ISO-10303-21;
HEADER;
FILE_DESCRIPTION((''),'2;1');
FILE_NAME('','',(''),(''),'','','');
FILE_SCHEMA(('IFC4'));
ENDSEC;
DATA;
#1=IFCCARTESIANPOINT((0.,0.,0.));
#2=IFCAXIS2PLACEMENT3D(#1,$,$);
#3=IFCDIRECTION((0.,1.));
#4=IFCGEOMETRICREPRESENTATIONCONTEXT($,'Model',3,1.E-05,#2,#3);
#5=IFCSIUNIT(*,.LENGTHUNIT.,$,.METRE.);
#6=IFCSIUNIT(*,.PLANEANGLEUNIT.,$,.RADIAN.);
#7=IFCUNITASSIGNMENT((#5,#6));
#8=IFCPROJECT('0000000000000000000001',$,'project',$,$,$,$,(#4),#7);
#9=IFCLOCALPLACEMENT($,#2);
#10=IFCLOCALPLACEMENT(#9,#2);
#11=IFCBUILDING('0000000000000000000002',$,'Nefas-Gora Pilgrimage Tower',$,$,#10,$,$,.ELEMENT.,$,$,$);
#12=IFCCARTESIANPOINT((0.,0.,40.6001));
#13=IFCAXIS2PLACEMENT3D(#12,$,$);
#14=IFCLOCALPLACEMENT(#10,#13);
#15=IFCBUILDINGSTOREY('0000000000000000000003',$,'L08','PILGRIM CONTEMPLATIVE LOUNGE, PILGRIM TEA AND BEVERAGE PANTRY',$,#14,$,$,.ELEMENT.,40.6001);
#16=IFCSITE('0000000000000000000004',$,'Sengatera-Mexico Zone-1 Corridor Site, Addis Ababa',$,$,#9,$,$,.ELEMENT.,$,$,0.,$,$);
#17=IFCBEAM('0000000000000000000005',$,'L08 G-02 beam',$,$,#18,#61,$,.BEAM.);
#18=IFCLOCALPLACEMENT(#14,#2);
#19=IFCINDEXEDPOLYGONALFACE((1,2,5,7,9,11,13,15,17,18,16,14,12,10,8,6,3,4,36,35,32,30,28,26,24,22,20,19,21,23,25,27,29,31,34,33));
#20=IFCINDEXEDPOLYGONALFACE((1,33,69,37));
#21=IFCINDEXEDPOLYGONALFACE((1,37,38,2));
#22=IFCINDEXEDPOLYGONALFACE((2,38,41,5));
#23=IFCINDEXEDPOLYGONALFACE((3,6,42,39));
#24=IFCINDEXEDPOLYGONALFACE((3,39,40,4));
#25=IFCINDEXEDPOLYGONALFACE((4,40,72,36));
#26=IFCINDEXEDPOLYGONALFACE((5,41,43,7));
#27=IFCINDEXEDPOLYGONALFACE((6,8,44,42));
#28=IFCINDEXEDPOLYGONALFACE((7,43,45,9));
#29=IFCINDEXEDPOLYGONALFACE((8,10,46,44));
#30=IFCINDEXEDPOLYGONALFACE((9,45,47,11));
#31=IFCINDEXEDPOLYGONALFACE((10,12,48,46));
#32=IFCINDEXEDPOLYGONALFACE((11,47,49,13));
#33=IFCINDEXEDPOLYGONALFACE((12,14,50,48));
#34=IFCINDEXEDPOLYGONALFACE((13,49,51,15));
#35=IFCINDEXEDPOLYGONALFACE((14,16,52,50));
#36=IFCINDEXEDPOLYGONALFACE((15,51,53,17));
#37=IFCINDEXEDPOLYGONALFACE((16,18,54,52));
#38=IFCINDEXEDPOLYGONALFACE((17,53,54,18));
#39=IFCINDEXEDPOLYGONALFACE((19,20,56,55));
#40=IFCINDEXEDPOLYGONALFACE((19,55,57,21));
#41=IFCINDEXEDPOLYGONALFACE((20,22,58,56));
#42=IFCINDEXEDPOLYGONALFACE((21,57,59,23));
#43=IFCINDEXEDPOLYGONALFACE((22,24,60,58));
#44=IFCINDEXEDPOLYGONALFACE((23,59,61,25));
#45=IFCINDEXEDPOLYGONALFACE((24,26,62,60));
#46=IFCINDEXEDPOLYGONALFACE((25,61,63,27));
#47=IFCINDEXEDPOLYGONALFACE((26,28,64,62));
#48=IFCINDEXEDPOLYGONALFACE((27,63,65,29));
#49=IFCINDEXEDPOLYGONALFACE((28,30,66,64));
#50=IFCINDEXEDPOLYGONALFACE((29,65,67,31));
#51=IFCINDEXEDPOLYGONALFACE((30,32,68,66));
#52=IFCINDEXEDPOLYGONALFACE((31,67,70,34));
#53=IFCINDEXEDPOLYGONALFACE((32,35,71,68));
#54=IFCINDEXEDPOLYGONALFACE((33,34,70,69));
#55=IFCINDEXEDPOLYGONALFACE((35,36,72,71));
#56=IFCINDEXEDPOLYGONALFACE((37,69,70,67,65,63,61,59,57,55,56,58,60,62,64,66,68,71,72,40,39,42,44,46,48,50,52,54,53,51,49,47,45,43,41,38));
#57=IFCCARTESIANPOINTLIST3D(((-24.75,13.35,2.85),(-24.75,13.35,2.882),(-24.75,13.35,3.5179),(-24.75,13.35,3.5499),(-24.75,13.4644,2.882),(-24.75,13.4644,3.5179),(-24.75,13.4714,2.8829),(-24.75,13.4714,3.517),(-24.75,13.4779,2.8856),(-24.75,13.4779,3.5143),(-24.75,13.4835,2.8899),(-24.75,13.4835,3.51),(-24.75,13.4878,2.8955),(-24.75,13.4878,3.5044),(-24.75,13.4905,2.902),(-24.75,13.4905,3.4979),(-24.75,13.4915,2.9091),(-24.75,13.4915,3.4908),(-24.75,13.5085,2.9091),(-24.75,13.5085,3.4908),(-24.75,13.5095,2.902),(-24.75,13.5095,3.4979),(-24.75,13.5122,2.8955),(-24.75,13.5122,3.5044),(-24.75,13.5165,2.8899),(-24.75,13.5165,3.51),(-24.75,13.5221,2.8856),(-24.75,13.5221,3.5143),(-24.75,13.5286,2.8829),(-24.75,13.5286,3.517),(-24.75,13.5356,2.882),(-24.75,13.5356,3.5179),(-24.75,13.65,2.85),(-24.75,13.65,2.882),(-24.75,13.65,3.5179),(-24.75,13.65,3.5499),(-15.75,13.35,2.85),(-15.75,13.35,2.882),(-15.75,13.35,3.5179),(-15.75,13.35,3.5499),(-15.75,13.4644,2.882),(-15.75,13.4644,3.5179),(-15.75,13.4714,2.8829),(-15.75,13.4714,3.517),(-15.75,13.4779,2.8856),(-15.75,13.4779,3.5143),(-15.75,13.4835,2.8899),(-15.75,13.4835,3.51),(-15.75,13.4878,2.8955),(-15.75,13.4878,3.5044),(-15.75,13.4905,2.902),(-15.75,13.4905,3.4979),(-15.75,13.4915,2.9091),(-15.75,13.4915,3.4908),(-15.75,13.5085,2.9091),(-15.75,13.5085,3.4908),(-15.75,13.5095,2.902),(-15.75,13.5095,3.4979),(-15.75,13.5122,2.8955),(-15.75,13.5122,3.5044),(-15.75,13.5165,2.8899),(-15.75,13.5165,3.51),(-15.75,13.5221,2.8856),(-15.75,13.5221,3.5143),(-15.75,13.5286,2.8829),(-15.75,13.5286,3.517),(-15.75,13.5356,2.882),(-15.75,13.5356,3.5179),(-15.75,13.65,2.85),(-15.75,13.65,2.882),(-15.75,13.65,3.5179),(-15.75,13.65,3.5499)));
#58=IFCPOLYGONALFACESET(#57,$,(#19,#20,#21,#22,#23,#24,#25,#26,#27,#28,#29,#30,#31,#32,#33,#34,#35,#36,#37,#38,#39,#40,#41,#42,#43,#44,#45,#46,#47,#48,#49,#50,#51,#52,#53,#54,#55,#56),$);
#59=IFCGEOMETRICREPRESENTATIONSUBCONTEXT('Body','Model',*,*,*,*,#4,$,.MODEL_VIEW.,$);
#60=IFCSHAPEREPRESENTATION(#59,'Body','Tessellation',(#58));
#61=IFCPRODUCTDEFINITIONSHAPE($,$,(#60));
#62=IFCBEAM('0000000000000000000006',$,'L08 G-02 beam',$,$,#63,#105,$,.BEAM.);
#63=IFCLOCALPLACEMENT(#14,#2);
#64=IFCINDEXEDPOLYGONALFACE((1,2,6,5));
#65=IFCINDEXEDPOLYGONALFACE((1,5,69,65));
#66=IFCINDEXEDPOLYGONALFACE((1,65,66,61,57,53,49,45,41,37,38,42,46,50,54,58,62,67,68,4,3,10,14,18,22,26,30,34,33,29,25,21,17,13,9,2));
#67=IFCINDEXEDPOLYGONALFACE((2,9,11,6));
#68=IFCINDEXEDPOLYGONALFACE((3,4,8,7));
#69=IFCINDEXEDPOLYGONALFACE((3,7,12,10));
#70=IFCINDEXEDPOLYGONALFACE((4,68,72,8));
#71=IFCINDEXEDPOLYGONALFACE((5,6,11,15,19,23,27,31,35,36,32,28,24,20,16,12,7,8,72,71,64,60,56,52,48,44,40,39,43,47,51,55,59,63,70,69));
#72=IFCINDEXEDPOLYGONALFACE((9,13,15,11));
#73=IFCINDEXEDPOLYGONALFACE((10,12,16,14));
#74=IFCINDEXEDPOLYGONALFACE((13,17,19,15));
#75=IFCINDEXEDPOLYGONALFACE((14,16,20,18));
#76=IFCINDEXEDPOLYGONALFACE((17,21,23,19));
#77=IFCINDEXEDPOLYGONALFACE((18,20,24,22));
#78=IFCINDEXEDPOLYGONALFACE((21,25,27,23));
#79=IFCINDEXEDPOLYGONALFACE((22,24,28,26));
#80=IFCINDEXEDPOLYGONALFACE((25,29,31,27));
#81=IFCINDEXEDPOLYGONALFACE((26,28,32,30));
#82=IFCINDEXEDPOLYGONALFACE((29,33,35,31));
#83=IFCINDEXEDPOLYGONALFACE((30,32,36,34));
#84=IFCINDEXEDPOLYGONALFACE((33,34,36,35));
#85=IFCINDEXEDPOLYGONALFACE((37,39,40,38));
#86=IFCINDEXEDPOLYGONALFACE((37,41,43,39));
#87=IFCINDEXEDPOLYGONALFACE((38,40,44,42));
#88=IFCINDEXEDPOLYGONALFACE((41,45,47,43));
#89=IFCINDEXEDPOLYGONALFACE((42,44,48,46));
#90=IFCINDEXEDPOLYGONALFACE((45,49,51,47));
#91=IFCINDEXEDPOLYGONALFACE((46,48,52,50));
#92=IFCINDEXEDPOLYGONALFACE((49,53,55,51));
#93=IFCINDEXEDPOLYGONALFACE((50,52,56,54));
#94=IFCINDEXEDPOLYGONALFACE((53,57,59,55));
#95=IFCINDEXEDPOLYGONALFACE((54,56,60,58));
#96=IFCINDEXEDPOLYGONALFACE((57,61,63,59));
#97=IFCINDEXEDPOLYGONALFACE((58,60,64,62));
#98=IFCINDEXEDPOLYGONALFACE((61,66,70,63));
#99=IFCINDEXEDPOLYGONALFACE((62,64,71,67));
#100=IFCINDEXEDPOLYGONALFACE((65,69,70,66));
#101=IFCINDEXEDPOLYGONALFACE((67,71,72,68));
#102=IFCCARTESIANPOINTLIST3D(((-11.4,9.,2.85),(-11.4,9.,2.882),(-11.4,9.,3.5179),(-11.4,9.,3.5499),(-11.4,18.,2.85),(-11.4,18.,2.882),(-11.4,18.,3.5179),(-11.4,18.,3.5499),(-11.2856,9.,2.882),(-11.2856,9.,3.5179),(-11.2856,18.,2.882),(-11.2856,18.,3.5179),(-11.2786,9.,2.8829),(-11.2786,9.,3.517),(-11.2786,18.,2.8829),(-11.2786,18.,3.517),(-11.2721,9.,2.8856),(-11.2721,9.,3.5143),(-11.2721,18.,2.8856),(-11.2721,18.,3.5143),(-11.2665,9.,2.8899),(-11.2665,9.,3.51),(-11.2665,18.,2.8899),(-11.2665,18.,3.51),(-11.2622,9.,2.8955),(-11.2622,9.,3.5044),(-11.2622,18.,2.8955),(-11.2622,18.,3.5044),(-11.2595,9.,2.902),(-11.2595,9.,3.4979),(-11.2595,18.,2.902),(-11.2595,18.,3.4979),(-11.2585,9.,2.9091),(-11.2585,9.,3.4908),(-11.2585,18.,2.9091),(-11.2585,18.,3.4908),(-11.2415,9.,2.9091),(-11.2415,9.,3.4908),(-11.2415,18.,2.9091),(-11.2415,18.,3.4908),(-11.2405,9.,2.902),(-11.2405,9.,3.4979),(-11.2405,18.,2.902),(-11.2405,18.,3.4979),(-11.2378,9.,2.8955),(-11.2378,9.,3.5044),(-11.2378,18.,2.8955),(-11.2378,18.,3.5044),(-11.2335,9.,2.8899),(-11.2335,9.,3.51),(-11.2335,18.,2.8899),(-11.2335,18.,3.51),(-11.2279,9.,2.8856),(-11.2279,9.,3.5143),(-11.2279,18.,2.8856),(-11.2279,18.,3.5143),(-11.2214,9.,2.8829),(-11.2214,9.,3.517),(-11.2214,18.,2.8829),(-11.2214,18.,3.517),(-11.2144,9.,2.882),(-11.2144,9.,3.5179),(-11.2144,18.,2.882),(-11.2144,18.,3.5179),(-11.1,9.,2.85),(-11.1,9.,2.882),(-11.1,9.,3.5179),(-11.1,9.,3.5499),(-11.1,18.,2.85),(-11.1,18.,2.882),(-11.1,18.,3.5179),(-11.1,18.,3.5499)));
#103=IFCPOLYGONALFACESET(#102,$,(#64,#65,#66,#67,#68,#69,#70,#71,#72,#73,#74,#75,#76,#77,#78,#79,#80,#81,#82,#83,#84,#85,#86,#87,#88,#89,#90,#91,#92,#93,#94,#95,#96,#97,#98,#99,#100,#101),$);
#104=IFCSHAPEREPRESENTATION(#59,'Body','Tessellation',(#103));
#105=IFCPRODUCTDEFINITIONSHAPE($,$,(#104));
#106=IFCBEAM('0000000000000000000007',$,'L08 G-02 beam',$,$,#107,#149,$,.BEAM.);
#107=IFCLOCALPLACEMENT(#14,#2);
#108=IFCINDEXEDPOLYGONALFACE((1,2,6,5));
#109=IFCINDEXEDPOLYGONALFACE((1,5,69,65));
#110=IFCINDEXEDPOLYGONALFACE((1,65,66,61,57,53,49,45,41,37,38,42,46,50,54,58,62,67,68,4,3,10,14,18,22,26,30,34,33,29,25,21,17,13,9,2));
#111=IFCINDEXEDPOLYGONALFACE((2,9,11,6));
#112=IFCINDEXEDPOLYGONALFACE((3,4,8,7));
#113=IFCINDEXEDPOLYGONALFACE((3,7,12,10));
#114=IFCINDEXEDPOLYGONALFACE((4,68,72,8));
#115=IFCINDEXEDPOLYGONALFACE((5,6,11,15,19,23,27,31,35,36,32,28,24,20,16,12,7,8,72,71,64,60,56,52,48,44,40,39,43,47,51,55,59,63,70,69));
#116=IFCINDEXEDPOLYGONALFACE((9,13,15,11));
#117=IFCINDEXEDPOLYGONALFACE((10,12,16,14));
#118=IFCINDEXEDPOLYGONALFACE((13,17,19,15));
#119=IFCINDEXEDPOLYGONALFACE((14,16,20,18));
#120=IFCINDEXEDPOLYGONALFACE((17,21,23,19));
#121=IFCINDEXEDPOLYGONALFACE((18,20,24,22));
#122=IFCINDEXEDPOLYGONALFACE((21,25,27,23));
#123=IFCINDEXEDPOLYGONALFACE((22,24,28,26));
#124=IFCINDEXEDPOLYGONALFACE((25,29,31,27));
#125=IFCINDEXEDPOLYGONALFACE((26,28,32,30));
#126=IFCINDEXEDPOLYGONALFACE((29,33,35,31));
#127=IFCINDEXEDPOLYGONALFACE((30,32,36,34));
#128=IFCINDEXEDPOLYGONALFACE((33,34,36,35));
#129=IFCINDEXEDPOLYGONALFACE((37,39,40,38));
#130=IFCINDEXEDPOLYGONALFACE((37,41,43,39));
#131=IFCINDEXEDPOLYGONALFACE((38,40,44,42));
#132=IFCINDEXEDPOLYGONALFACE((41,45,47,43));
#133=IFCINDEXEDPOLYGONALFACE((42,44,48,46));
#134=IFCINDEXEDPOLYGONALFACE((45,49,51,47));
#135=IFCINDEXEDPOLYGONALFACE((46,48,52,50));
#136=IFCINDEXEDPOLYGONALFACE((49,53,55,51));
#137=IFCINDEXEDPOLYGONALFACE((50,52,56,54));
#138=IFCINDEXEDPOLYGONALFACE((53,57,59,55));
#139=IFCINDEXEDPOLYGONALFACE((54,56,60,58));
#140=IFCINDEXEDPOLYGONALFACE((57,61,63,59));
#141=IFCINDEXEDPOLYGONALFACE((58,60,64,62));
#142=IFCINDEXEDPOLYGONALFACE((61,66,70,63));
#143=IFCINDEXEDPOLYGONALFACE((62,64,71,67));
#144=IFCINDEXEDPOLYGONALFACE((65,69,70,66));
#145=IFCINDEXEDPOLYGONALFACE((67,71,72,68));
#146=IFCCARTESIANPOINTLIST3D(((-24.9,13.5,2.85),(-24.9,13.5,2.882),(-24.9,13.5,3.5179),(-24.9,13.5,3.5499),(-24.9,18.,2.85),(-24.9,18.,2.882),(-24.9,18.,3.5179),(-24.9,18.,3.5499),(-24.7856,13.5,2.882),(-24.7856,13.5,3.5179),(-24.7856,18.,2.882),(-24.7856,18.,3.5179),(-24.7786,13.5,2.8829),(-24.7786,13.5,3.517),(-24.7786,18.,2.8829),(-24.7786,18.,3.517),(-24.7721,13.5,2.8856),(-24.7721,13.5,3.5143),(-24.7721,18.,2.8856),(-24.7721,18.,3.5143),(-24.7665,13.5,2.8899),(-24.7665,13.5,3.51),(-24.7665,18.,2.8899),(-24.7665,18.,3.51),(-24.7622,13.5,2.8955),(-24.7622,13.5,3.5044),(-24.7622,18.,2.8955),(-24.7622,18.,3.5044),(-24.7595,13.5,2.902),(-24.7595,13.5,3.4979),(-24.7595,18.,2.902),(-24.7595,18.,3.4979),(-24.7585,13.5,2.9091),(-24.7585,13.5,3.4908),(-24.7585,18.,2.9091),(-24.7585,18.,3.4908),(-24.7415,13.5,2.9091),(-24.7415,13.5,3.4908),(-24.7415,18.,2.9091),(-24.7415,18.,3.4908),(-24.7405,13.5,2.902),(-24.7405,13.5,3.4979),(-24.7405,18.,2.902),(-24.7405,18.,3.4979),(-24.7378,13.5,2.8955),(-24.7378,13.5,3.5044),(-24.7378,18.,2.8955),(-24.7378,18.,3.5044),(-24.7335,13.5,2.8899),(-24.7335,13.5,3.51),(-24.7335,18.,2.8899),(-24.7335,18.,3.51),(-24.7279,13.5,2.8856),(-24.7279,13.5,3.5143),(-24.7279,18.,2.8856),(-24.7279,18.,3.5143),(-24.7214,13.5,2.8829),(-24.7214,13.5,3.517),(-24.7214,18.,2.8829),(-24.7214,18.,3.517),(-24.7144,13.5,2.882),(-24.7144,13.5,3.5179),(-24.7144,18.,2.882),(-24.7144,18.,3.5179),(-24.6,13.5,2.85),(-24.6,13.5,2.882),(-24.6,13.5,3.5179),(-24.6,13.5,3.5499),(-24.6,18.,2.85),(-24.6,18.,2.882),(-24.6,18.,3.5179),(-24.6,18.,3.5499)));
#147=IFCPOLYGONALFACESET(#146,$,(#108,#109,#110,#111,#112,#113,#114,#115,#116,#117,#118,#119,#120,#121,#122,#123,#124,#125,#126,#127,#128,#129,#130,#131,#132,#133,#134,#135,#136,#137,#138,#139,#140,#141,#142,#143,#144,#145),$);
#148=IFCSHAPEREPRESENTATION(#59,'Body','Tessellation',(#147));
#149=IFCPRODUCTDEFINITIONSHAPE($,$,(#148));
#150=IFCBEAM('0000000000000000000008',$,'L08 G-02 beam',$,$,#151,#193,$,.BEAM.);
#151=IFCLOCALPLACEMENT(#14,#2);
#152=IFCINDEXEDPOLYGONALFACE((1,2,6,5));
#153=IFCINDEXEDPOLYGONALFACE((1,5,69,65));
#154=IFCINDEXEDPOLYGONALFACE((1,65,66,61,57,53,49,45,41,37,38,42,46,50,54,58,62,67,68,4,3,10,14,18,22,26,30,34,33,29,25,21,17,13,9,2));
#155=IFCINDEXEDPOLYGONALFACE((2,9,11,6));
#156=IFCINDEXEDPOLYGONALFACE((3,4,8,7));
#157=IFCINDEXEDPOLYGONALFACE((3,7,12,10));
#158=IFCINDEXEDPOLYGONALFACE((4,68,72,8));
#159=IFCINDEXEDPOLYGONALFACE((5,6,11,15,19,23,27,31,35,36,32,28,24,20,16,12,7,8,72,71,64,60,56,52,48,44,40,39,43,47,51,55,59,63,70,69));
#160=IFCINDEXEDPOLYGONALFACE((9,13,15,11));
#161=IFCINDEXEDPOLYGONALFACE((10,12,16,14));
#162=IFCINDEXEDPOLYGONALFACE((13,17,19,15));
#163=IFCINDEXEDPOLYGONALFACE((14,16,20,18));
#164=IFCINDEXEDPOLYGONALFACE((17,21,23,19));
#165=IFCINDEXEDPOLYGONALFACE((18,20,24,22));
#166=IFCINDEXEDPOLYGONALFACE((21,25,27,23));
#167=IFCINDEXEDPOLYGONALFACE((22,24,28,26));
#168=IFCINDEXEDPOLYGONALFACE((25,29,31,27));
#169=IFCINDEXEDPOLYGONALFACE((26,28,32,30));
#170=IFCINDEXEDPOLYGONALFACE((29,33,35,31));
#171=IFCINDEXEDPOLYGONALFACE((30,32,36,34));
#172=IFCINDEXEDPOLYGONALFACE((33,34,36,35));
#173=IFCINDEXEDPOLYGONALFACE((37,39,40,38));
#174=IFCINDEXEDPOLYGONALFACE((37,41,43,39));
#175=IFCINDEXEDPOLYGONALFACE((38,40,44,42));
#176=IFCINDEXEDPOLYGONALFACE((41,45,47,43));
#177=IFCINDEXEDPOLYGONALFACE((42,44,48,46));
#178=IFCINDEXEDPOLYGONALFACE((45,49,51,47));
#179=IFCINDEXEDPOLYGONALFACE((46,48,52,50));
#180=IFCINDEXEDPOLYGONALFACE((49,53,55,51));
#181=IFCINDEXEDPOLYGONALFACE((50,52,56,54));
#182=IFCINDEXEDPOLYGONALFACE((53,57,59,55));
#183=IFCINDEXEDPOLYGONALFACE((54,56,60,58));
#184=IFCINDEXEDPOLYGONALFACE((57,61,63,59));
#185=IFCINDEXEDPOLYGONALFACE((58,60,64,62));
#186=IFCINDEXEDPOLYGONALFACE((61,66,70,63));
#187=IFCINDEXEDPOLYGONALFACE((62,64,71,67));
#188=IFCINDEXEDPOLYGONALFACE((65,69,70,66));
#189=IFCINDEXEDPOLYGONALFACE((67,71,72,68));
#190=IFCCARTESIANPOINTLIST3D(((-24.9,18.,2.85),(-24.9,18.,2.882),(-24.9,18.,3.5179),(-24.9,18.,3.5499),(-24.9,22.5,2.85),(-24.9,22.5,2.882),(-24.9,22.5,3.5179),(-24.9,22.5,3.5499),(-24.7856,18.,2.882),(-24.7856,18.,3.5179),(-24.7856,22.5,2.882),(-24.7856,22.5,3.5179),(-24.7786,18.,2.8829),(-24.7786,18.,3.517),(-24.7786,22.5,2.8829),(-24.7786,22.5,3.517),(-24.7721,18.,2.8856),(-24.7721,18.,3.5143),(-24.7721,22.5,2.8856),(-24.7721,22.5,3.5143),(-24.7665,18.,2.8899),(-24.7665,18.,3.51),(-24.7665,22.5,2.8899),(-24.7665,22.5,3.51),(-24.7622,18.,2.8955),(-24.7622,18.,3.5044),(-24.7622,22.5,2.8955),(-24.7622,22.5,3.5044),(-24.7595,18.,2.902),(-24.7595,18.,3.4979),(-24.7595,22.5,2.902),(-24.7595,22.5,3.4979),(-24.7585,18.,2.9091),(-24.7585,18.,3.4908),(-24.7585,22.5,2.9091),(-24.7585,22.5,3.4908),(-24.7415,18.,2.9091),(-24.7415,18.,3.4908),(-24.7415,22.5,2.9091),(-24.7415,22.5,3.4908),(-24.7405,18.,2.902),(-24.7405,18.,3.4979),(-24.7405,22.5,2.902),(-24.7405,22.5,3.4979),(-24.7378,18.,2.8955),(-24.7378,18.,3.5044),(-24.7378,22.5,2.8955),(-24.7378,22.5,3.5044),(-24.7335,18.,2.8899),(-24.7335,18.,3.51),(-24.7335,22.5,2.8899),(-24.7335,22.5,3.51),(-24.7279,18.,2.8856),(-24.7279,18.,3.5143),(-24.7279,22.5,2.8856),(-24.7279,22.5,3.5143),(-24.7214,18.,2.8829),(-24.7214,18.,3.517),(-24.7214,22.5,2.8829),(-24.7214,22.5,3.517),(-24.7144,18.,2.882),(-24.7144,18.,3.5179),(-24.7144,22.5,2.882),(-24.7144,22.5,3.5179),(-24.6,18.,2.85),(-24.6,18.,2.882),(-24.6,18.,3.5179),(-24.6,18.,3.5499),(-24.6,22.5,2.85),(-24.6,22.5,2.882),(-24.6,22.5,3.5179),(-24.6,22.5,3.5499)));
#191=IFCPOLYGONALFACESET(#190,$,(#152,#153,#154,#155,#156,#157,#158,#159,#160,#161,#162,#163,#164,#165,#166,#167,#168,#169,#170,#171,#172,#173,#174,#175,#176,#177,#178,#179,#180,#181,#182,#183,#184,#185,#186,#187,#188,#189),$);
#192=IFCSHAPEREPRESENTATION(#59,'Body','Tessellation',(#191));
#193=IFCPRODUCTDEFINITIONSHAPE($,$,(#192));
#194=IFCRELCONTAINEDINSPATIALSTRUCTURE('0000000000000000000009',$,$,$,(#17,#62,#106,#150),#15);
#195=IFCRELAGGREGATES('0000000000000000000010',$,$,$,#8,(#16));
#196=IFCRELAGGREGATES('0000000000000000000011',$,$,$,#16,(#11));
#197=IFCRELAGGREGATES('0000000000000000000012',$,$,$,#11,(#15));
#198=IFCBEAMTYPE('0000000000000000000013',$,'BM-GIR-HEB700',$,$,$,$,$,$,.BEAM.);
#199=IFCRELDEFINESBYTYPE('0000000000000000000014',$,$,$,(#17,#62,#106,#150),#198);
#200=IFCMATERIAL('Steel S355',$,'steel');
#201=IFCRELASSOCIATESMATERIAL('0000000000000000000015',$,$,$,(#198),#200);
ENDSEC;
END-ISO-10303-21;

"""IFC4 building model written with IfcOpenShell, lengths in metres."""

from ifc_helpers import new_model, si_unit, direction, frame, origin, origin_2d, place, context, subcontext, project, spatial, i_section, extrude, source, transform, mapped, material, material_profile, profile_set, type_object, element, save


model = new_model("IFC4")

# Units and contexts
model_context = context("Model", 3, precision=1e-05, world=origin(), true_north=direction((0.0, 1.0)))
body_context = subcontext(model_context, "Body", "Model", "MODEL_VIEW")
ifc_project = project(units=[si_unit("LENGTHUNIT", "METRE"), si_unit("PLANEANGLEUNIT", "RADIAN")], contexts=[model_context])

# Site, building, storey
site_placement = place(None, origin())
site = spatial("IfcSite", under=ifc_project, at=site_placement, Name="Sengatera-Mexico Zone-1 Corridor Site, Addis Ababa", CompositionType="ELEMENT", RefElevation=0.0)
building_placement = place(site_placement, origin())
building = spatial("IfcBuilding", under=site, at=building_placement, Name="Nefas-Gora Pilgrimage Tower", CompositionType="ELEMENT")
storey_placement = place(building_placement, frame((0.0, 0.0, 40.6001)))
storey = spatial("IfcBuildingStorey", under=building, at=storey_placement, Name="L08", Description="PILGRIM CONTEMPLATIVE LOUNGE, PILGRIM TEA AND BEVERAGE PANTRY", CompositionType="ELEMENT", Elevation=40.6001)

# Beams
ifc_material_1 = material(Name="Steel S355", Category="steel")
ifc_material_profile_1 = material_profile(ifc_material_1, i_section(OverallWidth=0.3, OverallDepth=0.7, WebThickness=0.0171, FlangeThickness=0.032, FilletRadius=0.0271, at=origin_2d()), Name="HEB 700")
ifc_profile_set_1 = profile_set([ifc_material_profile_1], Name="Steel S355")
beam_type_1 = type_object("IfcBeamType", Name="BM-GIR-HEB700", PredefinedType="BEAM", material=ifc_profile_set_1)
shared_shape_1 = source(origin(), body_context, "Body", "SweptSolid", [
    extrude(i_section(OverallWidth=0.3, OverallDepth=0.7, WebThickness=0.0171, FlangeThickness=0.032, FilletRadius=0.0271, at=origin_2d()), origin(), (0.0, 0.0, 1.0), 9.0),
])
for number, where, z_axis, x_axis, name in (
    (1, (-24.75, 13.5, 3.2), (1.0, 0.0, 0.0), (0.0, 1.0, 0.0), "L08 G-02 beam"),
    (2, (-11.25, 9.0, 3.2), (0.0, 1.0, 0.0), (-1.0, 0.0, 0.0), "L08 G-02 beam"),
):
    element("IfcBeam", number, at=place(storey_placement, frame(where, z_axis=z_axis, x_axis=x_axis)), inside=storey, type_object=beam_type_1, Name=name, PredefinedType="BEAM", context=body_context, shape_type="MappedRepresentation", body=[
        mapped(shared_shape_1, transform((0.0, 0.0, 0.0), x_axis=(1.0, 0.0, 0.0), y_axis=(0.0, 1.0, 0.0), z_axis=(0.0, 0.0, 1.0), scale=1.0)),
    ])
shared_shape_2 = source(origin(), body_context, "Body", "SweptSolid", [
    extrude(i_section(OverallWidth=0.3, OverallDepth=0.7, WebThickness=0.0171, FlangeThickness=0.032, FilletRadius=0.0271, at=origin_2d()), origin(), (0.0, 0.0, 1.0), 4.5),
])
for number, where, z_axis, x_axis, name in (
    (3, (-24.75, 13.5, 3.2), (0.0, 1.0, 0.0), (-1.0, 0.0, 0.0), "L08 G-02 beam"),
    (4, (-24.75, 18.0, 3.2), (0.0, 1.0, 0.0), (-1.0, 0.0, 0.0), "L08 G-02 beam"),
):
    element("IfcBeam", number, at=place(storey_placement, frame(where, z_axis=z_axis, x_axis=x_axis)), inside=storey, type_object=beam_type_1, Name=name, PredefinedType="BEAM", context=body_context, shape_type="MappedRepresentation", body=[
        mapped(shared_shape_2, transform((0.0, 0.0, 0.0), x_axis=(1.0, 0.0, 0.0), y_axis=(0.0, 1.0, 0.0), z_axis=(0.0, 0.0, 1.0), scale=1.0)),
    ])

save(model, "model.ifc")
